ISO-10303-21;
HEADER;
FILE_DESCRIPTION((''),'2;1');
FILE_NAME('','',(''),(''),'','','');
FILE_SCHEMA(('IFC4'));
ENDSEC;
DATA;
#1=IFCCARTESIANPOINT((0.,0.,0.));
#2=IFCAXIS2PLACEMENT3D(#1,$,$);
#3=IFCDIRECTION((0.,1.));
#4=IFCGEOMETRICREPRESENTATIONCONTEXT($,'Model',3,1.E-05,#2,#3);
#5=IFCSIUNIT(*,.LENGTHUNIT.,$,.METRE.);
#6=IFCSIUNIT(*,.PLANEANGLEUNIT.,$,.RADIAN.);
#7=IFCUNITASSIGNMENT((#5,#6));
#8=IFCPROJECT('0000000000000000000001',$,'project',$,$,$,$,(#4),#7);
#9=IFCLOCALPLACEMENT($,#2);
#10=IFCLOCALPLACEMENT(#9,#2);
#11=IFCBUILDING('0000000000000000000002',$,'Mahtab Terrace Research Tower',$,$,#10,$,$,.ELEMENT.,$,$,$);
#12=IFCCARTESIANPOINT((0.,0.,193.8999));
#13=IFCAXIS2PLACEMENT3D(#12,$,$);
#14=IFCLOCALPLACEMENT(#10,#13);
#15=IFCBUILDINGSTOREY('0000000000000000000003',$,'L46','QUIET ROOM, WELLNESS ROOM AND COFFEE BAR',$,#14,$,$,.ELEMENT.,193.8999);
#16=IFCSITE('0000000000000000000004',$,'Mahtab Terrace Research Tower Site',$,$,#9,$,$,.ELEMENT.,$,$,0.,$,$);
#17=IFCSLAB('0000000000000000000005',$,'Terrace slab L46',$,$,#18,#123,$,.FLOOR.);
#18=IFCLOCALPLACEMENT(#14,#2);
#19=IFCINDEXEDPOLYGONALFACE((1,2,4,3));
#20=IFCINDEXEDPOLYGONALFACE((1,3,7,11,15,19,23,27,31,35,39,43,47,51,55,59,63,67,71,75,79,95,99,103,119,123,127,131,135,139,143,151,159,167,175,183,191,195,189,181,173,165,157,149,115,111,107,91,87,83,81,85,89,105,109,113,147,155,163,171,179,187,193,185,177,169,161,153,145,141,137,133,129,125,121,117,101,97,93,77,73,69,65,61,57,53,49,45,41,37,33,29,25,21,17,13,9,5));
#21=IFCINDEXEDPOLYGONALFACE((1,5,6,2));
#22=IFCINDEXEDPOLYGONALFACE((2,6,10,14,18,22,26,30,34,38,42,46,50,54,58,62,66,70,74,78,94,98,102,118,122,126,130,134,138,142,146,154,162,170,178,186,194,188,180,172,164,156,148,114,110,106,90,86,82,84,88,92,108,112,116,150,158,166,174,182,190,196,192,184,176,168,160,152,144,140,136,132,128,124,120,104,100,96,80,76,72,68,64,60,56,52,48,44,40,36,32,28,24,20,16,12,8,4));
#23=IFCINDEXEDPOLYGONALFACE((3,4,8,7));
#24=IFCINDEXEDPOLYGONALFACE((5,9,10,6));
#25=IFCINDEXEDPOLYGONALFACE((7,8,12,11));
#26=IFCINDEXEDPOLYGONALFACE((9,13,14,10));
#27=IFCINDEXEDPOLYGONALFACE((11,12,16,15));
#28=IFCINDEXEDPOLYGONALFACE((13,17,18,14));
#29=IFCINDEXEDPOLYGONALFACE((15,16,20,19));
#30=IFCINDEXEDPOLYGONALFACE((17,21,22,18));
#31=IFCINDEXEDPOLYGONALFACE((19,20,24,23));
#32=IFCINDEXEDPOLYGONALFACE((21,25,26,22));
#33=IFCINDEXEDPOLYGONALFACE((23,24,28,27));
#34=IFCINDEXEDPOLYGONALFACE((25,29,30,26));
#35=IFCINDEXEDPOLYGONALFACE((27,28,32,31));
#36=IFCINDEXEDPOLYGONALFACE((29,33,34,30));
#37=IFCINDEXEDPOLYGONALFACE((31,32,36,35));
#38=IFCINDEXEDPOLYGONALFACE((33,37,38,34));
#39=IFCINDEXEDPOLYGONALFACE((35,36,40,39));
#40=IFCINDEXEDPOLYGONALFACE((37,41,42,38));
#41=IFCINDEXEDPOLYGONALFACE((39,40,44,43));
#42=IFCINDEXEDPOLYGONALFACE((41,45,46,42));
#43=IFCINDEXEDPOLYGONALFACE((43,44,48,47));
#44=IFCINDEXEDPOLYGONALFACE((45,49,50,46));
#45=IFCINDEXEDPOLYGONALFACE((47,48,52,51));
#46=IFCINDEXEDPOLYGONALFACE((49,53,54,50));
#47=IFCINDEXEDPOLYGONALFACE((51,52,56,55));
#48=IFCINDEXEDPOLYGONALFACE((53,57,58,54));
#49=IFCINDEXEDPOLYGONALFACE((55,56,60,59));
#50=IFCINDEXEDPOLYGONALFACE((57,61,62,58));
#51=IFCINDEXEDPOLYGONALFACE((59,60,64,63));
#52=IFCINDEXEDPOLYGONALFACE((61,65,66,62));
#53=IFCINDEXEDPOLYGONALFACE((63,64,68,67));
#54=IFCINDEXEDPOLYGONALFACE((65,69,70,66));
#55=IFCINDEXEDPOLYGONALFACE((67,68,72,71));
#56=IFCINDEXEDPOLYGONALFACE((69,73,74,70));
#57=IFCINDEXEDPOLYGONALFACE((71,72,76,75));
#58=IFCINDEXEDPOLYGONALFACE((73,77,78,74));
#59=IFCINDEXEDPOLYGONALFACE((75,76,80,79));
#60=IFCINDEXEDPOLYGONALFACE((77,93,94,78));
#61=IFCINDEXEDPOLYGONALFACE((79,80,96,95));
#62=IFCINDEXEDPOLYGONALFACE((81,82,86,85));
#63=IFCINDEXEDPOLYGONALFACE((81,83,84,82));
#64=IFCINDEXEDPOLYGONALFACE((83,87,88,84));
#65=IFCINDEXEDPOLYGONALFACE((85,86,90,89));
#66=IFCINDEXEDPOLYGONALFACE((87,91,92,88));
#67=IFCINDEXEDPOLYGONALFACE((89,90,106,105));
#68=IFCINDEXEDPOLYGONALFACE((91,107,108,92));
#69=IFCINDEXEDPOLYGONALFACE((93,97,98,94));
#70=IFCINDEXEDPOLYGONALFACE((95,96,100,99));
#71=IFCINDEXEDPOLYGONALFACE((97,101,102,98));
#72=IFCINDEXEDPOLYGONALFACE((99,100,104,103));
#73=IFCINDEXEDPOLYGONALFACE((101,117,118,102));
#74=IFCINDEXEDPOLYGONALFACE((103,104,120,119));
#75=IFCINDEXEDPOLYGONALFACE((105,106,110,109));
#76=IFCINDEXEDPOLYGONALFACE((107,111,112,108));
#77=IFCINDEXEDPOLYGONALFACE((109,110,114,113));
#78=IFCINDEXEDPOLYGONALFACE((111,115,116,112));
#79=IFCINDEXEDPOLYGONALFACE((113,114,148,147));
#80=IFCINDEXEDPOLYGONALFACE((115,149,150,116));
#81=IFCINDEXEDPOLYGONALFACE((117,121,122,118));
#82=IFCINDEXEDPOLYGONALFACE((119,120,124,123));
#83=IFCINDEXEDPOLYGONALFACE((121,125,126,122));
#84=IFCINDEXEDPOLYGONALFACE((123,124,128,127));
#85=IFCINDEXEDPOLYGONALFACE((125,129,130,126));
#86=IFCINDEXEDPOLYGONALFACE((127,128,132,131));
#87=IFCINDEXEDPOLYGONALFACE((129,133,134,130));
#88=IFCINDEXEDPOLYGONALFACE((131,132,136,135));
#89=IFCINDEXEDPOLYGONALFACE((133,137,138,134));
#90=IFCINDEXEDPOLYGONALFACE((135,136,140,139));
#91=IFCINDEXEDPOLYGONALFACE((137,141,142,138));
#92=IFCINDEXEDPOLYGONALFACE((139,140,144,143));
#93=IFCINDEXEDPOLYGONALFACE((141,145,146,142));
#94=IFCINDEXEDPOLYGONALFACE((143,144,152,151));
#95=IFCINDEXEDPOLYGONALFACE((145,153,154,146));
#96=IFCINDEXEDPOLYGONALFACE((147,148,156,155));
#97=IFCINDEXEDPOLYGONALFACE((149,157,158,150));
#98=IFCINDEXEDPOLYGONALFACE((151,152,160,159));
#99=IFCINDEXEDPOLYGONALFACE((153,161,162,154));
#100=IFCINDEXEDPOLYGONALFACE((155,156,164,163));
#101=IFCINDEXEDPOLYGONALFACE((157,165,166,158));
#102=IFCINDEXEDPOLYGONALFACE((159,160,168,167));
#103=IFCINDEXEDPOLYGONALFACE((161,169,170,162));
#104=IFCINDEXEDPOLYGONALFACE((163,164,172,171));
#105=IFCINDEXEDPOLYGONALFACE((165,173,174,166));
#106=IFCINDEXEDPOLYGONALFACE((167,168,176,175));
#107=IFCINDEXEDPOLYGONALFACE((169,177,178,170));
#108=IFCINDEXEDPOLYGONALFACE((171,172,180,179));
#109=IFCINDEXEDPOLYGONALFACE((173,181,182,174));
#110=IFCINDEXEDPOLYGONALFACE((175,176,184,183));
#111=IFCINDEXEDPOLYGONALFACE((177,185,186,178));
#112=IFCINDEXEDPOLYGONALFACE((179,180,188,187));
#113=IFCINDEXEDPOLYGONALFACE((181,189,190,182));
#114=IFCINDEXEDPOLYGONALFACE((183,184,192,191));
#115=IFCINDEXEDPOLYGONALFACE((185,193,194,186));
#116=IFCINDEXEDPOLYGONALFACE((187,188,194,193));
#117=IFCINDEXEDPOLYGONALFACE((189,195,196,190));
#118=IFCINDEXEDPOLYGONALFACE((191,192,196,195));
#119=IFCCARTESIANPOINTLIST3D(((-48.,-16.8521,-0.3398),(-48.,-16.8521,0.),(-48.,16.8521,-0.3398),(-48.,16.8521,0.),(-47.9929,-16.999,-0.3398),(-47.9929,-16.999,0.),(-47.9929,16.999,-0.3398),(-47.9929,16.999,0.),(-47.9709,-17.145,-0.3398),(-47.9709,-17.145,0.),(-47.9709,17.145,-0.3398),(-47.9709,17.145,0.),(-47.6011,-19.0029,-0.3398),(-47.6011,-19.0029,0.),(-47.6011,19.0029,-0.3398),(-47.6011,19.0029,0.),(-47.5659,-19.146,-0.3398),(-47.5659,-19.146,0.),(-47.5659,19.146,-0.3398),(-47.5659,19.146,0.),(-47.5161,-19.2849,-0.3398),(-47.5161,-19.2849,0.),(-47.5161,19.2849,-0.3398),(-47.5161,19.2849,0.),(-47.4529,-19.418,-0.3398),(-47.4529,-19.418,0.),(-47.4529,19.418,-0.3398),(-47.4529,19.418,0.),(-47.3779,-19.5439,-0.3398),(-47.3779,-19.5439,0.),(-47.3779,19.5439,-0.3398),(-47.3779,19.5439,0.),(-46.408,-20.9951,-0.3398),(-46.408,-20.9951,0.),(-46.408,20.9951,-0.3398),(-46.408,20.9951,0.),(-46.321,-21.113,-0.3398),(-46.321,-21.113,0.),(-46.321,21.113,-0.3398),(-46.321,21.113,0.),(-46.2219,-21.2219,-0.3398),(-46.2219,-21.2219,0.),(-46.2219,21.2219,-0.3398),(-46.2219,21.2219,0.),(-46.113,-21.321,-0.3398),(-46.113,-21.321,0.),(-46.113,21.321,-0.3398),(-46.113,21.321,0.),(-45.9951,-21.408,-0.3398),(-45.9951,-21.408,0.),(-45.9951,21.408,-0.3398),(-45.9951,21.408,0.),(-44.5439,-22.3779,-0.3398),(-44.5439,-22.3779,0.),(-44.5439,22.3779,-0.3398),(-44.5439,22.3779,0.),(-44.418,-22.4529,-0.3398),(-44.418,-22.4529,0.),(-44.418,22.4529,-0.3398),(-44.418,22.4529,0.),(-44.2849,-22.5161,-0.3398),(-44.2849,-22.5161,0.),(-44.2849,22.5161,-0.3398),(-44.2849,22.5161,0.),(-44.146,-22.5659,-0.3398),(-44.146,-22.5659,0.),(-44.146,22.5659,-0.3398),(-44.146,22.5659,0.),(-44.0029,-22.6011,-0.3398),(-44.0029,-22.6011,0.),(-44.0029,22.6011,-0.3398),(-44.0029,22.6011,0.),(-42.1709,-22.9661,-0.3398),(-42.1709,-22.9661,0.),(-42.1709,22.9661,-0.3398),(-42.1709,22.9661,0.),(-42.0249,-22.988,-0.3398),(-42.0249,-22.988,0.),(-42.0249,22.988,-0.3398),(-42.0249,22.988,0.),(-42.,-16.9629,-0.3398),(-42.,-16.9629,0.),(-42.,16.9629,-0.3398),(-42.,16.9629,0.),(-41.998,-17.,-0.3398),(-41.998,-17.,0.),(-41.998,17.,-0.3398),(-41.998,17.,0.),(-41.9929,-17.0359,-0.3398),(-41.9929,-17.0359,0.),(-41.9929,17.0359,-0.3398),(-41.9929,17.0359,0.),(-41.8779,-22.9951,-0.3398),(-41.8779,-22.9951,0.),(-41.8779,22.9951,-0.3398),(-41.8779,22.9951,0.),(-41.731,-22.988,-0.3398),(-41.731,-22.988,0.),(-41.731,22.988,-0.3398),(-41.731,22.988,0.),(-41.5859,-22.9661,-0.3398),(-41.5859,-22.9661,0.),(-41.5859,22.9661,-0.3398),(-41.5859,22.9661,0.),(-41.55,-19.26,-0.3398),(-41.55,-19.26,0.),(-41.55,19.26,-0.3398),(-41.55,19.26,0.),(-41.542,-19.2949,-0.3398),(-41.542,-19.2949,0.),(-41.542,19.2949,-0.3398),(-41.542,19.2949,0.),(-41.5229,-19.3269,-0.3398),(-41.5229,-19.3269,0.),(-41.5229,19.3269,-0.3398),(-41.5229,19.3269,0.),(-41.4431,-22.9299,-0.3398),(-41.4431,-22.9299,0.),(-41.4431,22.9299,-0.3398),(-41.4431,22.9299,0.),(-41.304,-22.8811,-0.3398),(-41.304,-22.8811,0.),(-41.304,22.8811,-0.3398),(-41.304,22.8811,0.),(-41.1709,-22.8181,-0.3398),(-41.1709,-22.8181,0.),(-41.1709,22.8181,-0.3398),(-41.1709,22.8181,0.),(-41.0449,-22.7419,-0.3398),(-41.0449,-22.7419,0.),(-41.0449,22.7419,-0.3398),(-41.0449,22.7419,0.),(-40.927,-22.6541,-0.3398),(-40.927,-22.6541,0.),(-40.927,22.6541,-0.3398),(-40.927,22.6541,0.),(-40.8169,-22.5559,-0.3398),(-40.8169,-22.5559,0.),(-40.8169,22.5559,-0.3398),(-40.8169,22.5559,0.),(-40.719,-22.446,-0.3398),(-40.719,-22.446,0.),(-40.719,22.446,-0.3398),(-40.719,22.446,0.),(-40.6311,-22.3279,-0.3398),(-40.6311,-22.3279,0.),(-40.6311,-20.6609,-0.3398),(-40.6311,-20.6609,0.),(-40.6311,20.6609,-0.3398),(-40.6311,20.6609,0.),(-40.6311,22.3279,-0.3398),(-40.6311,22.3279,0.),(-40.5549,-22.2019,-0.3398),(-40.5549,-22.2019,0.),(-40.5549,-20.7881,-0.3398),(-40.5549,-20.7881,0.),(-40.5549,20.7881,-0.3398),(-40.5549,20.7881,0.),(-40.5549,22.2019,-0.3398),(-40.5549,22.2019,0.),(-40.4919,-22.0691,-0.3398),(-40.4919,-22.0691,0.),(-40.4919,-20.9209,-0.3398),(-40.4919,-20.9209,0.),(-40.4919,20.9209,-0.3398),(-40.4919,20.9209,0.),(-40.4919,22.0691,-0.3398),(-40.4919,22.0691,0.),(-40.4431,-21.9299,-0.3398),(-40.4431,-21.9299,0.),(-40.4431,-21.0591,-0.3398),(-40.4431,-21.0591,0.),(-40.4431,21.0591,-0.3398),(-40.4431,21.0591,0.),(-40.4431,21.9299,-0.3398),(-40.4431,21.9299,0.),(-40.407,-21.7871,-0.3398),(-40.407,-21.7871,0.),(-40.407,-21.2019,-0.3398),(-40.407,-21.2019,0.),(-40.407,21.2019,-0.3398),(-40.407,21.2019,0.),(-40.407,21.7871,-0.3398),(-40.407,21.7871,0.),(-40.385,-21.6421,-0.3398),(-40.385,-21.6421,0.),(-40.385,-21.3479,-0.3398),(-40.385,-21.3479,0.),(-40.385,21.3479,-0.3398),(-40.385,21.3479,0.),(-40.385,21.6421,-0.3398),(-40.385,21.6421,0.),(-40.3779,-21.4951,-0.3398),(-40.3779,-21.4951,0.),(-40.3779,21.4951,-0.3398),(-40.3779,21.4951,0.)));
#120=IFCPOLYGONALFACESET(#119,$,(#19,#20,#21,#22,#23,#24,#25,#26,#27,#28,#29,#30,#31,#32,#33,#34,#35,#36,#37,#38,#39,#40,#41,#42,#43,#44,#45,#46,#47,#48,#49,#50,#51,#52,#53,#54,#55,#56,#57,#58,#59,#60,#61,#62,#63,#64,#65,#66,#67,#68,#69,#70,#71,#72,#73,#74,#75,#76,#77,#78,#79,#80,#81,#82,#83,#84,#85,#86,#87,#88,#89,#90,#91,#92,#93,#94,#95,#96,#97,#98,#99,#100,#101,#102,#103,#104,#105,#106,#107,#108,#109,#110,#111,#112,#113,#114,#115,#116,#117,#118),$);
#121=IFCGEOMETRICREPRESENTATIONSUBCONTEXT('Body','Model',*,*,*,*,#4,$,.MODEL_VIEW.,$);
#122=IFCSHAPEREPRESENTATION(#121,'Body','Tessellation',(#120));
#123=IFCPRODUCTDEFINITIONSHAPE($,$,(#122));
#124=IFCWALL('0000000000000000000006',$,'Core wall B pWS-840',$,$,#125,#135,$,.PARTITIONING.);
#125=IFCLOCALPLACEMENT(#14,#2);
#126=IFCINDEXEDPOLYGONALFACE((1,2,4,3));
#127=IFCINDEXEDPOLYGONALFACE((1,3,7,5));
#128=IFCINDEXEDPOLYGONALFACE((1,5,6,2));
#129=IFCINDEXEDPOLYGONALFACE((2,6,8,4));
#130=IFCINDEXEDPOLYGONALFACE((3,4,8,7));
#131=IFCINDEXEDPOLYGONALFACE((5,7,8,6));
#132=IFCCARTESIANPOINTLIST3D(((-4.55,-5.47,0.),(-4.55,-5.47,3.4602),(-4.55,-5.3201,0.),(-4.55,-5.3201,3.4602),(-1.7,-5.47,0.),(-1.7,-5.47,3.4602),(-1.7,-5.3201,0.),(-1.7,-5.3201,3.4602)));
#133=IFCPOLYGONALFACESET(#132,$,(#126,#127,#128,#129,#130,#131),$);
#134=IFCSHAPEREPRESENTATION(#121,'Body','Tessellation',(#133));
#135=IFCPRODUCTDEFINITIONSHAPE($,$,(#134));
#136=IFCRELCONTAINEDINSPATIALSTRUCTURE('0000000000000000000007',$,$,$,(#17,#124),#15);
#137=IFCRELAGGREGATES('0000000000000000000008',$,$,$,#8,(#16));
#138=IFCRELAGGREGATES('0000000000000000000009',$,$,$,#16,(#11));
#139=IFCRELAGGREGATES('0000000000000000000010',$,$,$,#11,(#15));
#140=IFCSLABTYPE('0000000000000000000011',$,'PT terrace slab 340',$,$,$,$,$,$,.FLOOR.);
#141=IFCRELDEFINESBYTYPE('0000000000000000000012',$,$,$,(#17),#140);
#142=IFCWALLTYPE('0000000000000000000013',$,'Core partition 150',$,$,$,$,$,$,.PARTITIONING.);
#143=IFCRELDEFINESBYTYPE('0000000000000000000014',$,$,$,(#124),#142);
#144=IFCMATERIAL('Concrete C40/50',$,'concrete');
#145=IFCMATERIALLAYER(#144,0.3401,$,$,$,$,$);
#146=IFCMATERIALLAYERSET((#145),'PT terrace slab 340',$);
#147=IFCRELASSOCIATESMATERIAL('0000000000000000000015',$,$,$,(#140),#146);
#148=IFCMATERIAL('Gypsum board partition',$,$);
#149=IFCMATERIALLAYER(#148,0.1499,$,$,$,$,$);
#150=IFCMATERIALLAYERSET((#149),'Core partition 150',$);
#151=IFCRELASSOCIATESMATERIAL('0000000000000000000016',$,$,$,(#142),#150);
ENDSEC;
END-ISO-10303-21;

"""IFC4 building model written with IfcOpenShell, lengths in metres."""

from ifc_helpers import new_model, si_unit, direction, frame, frame_2d, origin, place, context, subcontext, project, spatial, polyline, rectangle, outline, extrude, material, layer, layer_set, type_object, element, save


model = new_model("IFC4")

# Units and contexts
model_context = context("Model", 3, precision=1e-05, world=origin(), true_north=direction((0.0, 1.0)))
body_context = subcontext(model_context, "Body", "Model", "MODEL_VIEW")
ifc_project = project(units=[si_unit("LENGTHUNIT", "METRE"), si_unit("PLANEANGLEUNIT", "RADIAN")], contexts=[model_context])

# Site, building, storey
site_placement = place(None, origin())
site = spatial("IfcSite", under=ifc_project, at=site_placement, Name="Mahtab Terrace Research Tower Site", CompositionType="ELEMENT", RefElevation=0.0)
building_placement = place(site_placement, origin())
building = spatial("IfcBuilding", under=site, at=building_placement, Name="Mahtab Terrace Research Tower", CompositionType="ELEMENT")
storey_placement = place(building_placement, frame((0.0, 0.0, 193.8999)))
storey = spatial("IfcBuildingStorey", under=building, at=storey_placement, Name="L46", Description="QUIET ROOM, WELLNESS ROOM AND COFFEE BAR", CompositionType="ELEMENT", Elevation=193.8999)

# Slab
ifc_material_1 = material(Name="Concrete C40/50", Category="concrete")
ifc_layer_1 = layer(ifc_material_1, 0.3401)
ifc_layer_set_1 = layer_set([ifc_layer_1], Name="PT terrace slab 340")
slab_type_1 = type_object("IfcSlabType", Name="PT terrace slab 340", PredefinedType="FLOOR", material=ifc_layer_set_1)
slab_1_placement = place(storey_placement, frame((0.0, 0.0, -0.3398)))
element("IfcSlab", 1, at=slab_1_placement, inside=storey, type_object=slab_type_1, Name="Terrace slab L46", PredefinedType="FLOOR", context=body_context, shape_type="SweptSolid", body=[
    extrude(outline(polyline([(-41.55, -19.26), (-41.9929, -17.0359), (-41.998, -17.0), (-42.0, -16.9629), (-42.0, 16.9629), (-41.998, 17.0), (-41.9929, 17.0359), (-41.55, 19.26), (-41.542, 19.2949), (-41.5229, 19.3269), (-40.6311, 20.6609), (-40.5549, 20.7881), (-40.4919, 20.9209), (-40.4431, 21.0591), (-40.407, 21.2019), (-40.385, 21.3479), (-40.3779, 21.4951), (-40.385, 21.6421), (-40.407, 21.7871), (-40.4431, 21.9299), (-40.4919, 22.0691), (-40.5549, 22.2019), (-40.6311, 22.3279), (-40.719, 22.446), (-40.8169, 22.5559), (-40.927, 22.6541), (-41.0449, 22.7419), (-41.1709, 22.8181), (-41.304, 22.8811), (-41.4431, 22.9299), (-41.5859, 22.9661), (-41.731, 22.988), (-41.8779, 22.9951), (-42.0249, 22.988), (-42.1709, 22.9661), (-44.0029, 22.6011), (-44.146, 22.5659), (-44.2849, 22.5161), (-44.418, 22.4529), (-44.5439, 22.3779), (-45.9951, 21.408), (-46.113, 21.321), (-46.2219, 21.2219), (-46.321, 21.113), (-46.408, 20.9951), (-47.3779, 19.5439), (-47.4529, 19.418), (-47.5161, 19.2849), (-47.5659, 19.146), (-47.6011, 19.0029), (-47.9709, 17.145), (-47.9929, 16.999), (-48.0, 16.8521), (-48.0, -16.8521), (-47.9929, -16.999), (-47.9709, -17.145), (-47.6011, -19.0029), (-47.5659, -19.146), (-47.5161, -19.2849), (-47.4529, -19.418), (-47.3779, -19.5439), (-46.408, -20.9951), (-46.321, -21.113), (-46.2219, -21.2219), (-46.113, -21.321), (-45.9951, -21.408), (-44.5439, -22.3779), (-44.418, -22.4529), (-44.2849, -22.5161), (-44.146, -22.5659), (-44.0029, -22.6011), (-42.1709, -22.9661), (-42.0249, -22.988), (-41.8779, -22.9951), (-41.731, -22.988), (-41.5859, -22.9661), (-41.4431, -22.9299), (-41.304, -22.8811), (-41.1709, -22.8181), (-41.0449, -22.7419), (-40.927, -22.6541), (-40.8169, -22.5559), (-40.719, -22.446), (-40.6311, -22.3279), (-40.5549, -22.2019), (-40.4919, -22.0691), (-40.4431, -21.9299), (-40.407, -21.7871), (-40.385, -21.6421), (-40.3779, -21.4951), (-40.385, -21.3479), (-40.407, -21.2019), (-40.4431, -21.0591), (-40.4919, -20.9209), (-40.5549, -20.7881), (-40.6311, -20.6609), (-41.5229, -19.3269), (-41.542, -19.2949), (-41.55, -19.26)])), origin(), (0.0, 0.0, 1.0), 0.3398),
])

# Wall
ifc_material_2 = material(Name="Gypsum board partition")
ifc_layer_2 = layer(ifc_material_2, 0.1499)
ifc_layer_set_2 = layer_set([ifc_layer_2], Name="Core partition 150")
wall_type_1 = type_object("IfcWallType", Name="Core partition 150", PredefinedType="PARTITIONING", material=ifc_layer_set_2)
wall_1_placement = place(storey_placement, frame((-4.55, -5.395, 0.0), z_axis=(0.0, 0.0, 1.0), x_axis=(1.0, 0.0, 0.0)))
element("IfcWall", 2, at=wall_1_placement, inside=storey, type_object=wall_type_1, Name="Core wall B pWS-840", PredefinedType="PARTITIONING", context=body_context, shape_type="SweptSolid", body=[
    extrude(rectangle(XDim=2.8501, YDim=0.1499, at=frame_2d((1.425, 0.0))), origin(), (0.0, 0.0, 1.0), 3.4602),
])

save(model, "model.ifc")
